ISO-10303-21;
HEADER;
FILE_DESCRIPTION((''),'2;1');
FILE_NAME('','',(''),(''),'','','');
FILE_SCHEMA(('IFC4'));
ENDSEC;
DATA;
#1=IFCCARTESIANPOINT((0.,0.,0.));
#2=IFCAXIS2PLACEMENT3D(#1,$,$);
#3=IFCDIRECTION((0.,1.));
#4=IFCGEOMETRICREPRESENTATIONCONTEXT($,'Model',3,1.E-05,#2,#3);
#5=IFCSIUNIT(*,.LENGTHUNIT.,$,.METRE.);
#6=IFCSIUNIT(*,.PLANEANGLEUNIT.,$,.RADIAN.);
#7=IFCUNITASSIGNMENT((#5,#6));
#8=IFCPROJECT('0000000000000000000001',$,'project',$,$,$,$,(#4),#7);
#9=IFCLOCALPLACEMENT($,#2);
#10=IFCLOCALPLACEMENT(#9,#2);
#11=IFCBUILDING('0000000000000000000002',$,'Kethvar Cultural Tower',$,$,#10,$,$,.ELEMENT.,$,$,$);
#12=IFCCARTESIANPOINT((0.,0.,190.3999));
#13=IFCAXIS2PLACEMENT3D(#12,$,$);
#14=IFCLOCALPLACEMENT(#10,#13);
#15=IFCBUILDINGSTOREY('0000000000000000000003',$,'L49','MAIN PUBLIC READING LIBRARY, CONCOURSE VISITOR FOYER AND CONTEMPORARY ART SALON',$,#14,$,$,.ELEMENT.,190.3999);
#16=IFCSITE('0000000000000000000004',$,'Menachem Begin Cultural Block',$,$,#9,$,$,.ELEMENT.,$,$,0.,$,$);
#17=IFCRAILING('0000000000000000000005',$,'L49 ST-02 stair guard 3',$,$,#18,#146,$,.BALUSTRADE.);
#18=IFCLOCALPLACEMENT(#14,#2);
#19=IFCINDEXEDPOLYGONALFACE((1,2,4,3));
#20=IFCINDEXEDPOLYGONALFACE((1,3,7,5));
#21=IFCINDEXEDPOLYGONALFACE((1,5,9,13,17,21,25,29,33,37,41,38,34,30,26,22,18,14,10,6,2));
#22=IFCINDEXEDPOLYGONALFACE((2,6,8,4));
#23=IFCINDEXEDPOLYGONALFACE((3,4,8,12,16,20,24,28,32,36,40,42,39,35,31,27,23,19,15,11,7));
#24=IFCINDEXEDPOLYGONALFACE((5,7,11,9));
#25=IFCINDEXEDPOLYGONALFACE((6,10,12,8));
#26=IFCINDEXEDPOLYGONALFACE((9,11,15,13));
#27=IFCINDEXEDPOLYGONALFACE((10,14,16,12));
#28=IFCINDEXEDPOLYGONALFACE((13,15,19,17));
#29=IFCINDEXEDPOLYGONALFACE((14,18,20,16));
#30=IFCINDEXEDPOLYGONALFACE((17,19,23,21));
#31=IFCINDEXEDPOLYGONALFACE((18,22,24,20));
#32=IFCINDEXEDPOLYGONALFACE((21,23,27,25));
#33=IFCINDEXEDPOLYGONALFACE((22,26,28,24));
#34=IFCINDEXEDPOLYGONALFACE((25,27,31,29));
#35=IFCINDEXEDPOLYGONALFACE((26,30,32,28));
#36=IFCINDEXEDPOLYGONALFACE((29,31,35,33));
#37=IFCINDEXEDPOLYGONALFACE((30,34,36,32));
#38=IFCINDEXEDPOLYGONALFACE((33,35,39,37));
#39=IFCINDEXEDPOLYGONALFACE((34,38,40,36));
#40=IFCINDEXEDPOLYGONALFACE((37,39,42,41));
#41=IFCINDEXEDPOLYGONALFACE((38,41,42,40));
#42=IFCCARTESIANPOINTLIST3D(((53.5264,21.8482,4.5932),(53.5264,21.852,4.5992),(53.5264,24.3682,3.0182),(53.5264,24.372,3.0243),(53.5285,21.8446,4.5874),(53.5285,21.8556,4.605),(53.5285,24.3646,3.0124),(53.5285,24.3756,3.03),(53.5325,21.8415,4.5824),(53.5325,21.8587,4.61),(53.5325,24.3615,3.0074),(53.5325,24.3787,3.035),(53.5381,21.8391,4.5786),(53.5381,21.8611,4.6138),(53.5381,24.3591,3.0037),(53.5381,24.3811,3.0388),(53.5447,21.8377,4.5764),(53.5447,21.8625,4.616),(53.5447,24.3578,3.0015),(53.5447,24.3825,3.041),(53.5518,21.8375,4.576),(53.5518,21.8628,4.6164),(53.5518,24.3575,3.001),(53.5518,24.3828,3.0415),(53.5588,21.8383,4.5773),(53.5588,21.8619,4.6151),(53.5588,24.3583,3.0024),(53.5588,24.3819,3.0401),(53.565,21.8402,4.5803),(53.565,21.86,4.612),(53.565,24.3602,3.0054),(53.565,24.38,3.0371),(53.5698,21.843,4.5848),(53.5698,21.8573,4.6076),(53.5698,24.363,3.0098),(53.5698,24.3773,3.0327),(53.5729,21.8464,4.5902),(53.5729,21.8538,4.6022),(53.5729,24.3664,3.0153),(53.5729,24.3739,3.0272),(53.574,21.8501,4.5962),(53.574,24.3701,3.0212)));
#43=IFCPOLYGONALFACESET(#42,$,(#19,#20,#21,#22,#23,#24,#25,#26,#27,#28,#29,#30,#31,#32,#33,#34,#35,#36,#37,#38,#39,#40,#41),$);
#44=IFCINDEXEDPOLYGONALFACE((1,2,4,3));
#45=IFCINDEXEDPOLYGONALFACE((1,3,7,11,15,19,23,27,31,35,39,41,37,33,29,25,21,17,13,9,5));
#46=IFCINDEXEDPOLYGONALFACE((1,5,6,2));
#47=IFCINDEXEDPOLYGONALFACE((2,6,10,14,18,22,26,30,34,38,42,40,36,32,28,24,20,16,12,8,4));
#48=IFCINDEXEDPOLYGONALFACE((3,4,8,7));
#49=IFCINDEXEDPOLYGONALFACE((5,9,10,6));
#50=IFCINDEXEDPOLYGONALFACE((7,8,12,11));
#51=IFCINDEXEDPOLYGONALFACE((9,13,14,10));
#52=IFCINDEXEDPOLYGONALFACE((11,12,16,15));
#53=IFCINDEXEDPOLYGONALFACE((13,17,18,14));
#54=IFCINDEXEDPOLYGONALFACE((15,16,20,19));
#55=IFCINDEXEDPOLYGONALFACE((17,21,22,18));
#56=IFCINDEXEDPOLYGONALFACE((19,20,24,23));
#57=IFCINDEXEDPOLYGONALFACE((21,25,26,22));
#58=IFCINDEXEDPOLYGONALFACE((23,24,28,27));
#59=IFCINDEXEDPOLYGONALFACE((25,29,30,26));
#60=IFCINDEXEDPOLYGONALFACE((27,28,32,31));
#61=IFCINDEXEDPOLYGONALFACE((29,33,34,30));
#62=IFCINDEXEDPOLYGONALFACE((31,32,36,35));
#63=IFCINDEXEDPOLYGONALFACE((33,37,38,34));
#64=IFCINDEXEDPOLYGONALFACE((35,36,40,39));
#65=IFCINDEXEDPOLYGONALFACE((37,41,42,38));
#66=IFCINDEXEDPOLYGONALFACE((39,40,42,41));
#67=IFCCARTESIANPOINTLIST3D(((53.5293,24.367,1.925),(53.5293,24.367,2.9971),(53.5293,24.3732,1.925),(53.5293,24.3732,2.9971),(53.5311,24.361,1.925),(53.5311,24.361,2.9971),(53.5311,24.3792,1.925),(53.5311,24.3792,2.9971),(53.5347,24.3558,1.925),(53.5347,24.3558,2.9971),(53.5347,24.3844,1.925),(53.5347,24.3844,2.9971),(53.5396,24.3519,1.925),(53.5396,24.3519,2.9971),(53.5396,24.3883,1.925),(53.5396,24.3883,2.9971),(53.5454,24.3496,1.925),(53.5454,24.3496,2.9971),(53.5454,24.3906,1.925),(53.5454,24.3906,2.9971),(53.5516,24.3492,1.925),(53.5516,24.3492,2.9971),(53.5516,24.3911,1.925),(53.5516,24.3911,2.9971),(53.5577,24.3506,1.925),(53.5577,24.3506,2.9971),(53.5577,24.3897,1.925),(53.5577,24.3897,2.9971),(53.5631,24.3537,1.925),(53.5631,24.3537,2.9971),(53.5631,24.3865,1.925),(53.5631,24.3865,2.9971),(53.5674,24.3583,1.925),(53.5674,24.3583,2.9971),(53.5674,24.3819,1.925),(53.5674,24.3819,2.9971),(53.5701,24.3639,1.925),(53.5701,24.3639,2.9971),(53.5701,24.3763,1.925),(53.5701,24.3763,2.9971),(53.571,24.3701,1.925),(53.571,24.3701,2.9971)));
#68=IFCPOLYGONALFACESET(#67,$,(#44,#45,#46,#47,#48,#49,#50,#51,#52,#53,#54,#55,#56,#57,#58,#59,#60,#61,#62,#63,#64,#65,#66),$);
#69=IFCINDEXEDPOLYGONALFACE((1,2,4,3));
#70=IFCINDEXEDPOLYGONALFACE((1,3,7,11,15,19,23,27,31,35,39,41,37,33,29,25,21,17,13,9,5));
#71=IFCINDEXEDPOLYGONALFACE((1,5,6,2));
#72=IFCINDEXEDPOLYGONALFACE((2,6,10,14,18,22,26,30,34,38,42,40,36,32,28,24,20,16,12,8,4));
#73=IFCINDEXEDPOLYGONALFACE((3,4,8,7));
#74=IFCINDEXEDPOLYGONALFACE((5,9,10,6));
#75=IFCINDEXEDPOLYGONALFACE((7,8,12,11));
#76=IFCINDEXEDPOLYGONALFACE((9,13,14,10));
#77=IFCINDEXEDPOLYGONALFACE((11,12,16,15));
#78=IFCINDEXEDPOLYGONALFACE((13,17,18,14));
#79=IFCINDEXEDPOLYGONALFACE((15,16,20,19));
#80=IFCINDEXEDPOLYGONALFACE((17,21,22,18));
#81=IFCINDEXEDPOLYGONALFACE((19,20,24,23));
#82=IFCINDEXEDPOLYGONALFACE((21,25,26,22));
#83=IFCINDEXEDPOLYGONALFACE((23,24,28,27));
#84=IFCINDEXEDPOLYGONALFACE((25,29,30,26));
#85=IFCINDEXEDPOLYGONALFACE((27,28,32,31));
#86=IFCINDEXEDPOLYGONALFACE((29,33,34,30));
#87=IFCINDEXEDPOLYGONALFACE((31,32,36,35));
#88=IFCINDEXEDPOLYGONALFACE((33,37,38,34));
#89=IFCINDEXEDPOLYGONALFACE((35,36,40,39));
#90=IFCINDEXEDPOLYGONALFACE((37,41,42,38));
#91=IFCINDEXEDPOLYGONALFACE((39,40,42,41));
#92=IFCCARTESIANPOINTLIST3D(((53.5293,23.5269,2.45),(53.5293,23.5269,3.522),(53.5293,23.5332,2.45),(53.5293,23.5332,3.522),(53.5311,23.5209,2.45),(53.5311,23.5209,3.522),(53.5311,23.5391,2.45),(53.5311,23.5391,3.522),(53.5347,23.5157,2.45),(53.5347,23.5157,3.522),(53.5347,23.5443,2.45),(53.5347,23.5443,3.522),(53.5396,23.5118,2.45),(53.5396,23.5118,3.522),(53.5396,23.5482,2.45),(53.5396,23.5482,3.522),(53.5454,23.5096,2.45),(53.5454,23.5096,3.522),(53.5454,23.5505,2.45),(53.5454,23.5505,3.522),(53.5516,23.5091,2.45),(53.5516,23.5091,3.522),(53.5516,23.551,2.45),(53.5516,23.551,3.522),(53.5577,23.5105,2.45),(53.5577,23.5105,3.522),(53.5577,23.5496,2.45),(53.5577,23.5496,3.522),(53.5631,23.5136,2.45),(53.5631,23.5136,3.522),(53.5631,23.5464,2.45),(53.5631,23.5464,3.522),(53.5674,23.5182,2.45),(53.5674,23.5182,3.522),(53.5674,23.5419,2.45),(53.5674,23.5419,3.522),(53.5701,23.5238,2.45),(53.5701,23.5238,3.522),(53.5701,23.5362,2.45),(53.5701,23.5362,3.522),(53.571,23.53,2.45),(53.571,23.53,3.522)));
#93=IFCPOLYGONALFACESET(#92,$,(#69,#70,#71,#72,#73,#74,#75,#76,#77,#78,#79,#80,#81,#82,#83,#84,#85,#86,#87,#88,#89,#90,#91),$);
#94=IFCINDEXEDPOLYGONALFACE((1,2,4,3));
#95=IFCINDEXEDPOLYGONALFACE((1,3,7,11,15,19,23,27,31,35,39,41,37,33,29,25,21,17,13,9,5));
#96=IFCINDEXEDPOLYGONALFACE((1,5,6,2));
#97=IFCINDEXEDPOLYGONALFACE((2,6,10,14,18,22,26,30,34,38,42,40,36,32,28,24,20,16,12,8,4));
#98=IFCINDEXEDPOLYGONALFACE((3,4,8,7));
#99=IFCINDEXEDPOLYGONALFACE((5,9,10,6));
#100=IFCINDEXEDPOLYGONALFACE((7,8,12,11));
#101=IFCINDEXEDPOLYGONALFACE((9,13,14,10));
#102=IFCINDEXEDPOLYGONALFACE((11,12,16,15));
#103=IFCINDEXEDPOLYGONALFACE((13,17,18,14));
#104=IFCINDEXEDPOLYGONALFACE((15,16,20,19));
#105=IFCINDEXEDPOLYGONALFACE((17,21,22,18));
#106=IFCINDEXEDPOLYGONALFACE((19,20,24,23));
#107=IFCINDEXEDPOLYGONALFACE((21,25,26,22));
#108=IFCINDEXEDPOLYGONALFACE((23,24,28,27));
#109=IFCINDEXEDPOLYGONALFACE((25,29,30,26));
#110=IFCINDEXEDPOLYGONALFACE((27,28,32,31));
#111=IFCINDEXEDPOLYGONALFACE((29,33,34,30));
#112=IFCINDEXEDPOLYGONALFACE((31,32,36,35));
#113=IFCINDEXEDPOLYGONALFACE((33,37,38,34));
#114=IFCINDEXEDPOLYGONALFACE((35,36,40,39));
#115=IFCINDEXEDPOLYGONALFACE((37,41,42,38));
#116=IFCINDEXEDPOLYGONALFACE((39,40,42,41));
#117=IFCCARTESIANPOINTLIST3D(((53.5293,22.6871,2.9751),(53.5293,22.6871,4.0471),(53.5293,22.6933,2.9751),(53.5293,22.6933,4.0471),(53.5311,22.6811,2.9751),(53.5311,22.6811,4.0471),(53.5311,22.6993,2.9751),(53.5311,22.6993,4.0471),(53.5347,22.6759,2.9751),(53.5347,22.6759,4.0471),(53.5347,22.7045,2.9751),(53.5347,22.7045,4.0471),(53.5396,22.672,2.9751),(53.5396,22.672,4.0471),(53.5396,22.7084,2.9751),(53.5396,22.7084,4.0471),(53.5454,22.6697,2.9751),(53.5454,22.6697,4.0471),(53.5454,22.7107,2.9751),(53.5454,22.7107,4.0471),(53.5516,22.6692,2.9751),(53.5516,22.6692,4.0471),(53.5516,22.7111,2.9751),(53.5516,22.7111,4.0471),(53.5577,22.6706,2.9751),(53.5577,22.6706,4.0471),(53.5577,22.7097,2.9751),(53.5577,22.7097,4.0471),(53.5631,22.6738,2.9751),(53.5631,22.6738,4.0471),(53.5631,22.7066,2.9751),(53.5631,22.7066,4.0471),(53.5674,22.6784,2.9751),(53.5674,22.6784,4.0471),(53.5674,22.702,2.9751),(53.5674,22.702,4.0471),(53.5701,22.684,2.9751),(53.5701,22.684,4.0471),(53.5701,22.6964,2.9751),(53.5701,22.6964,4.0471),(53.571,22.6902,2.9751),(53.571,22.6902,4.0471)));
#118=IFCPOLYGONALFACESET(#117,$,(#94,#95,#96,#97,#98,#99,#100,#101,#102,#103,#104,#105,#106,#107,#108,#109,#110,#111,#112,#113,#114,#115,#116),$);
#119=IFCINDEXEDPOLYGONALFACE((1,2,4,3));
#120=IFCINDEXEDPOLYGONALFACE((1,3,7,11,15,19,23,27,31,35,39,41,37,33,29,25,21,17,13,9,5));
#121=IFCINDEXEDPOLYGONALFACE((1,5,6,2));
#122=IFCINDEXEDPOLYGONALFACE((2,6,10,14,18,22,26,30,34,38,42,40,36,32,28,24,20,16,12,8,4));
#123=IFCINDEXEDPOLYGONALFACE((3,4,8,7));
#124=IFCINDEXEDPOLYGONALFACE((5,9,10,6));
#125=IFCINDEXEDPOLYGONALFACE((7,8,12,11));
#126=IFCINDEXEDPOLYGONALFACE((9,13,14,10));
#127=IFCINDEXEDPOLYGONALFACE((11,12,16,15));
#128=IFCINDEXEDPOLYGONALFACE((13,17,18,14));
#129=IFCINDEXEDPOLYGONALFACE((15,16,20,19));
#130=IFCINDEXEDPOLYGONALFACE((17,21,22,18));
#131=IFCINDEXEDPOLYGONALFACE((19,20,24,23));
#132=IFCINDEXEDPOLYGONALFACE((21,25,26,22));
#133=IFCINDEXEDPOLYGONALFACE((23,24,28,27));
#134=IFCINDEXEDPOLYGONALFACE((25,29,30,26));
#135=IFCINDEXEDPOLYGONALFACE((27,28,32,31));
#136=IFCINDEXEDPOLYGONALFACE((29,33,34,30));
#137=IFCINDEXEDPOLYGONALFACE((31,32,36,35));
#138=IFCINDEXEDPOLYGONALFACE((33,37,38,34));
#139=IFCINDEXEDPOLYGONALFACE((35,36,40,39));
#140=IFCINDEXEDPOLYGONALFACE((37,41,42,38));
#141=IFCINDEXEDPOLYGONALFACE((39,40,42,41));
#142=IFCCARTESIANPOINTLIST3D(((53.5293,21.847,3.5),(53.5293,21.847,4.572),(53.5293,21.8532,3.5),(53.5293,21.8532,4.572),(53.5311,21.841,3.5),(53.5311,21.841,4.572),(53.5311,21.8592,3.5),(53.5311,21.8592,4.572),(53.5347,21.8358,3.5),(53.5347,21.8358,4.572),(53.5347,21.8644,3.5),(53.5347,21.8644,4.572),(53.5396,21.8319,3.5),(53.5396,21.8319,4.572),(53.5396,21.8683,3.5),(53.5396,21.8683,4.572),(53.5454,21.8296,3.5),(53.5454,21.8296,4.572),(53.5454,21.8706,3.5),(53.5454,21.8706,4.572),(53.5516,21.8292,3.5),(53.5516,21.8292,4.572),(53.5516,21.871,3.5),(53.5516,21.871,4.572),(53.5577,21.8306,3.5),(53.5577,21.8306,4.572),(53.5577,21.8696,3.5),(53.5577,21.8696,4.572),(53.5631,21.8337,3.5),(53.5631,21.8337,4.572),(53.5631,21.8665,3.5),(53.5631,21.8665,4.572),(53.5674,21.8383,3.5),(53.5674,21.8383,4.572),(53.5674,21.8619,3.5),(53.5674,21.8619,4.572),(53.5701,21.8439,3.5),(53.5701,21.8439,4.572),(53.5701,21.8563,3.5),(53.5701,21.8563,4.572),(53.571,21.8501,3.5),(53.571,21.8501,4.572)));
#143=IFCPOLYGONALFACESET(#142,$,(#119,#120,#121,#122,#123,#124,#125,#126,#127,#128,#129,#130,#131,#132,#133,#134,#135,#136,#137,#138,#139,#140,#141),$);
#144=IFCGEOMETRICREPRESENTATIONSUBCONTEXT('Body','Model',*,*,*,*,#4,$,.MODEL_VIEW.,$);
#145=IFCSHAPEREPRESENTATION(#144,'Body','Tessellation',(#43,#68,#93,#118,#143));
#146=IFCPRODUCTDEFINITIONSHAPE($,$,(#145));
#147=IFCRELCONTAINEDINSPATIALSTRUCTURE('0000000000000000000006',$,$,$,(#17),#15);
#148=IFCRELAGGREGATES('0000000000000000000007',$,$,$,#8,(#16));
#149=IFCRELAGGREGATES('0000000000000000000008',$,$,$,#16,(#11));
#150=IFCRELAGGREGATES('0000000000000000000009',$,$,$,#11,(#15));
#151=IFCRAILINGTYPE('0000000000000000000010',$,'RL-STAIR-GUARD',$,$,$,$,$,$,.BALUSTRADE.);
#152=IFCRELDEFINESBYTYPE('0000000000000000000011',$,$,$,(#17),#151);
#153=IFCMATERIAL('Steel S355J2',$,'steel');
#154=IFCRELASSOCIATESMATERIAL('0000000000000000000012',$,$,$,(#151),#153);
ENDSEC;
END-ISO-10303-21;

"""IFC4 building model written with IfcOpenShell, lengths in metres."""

from ifc_helpers import new_model, si_unit, direction, frame, origin, origin_2d, place, context, subcontext, project, spatial, circle, extrude, material, type_object, element, save


model = new_model("IFC4")

# Units and contexts
model_context = context("Model", 3, precision=1e-05, world=origin(), true_north=direction((0.0, 1.0)))
body_context = subcontext(model_context, "Body", "Model", "MODEL_VIEW")
ifc_project = project(units=[si_unit("LENGTHUNIT", "METRE"), si_unit("PLANEANGLEUNIT", "RADIAN")], contexts=[model_context])

# Site, building, storey
site_placement = place(None, origin())
site = spatial("IfcSite", under=ifc_project, at=site_placement, Name="Menachem Begin Cultural Block", CompositionType="ELEMENT", RefElevation=0.0)
building_placement = place(site_placement, origin())
building = spatial("IfcBuilding", under=site, at=building_placement, Name="Kethvar Cultural Tower", CompositionType="ELEMENT")
storey_placement = place(building_placement, frame((0.0, 0.0, 190.3999)))
storey = spatial("IfcBuildingStorey", under=building, at=storey_placement, Name="L49", Description="MAIN PUBLIC READING LIBRARY, CONCOURSE VISITOR FOYER AND CONTEMPORARY ART SALON", CompositionType="ELEMENT", Elevation=190.3999)

# Shared definitions
ifc_material_1 = material(Name="Steel S355J2", Category="steel")

# Railing
railing_type_1 = type_object("IfcRailingType", Name="RL-STAIR-GUARD", PredefinedType="BALUSTRADE", material=ifc_material_1)
railing_1_placement = place(storey_placement, frame((53.55, 24.3701, 1.925)))
element("IfcRailing", 1, at=railing_1_placement, inside=storey, type_object=railing_type_1, Name="L49 ST-02 stair guard 3", PredefinedType="BALUSTRADE", context=body_context, shape_type="SweptSolid", body=[
    extrude(circle(Radius=0.0239, at=origin_2d()), frame((0.0, 0.0, 1.0962), z_axis=(0.0, -0.848008, 0.529984), x_axis=(1.0, 0.0, 0.0)), (0.0, 0.0, 1.0), 2.9717),
    extrude(circle(Radius=0.021, at=origin_2d()), origin(), (0.0, 0.0, 1.0), 1.072),
    extrude(circle(Radius=0.021, at=origin_2d()), frame((0.0, -0.8401, 0.5249)), (0.0, 0.0, 1.0), 1.072),
    extrude(circle(Radius=0.021, at=origin_2d()), frame((0.0, -1.6799, 1.05)), (0.0, 0.0, 1.0), 1.072),
    extrude(circle(Radius=0.021, at=origin_2d()), frame((0.0, -2.52, 1.575)), (0.0, 0.0, 1.0), 1.072),
])

save(model, "model.ifc")
